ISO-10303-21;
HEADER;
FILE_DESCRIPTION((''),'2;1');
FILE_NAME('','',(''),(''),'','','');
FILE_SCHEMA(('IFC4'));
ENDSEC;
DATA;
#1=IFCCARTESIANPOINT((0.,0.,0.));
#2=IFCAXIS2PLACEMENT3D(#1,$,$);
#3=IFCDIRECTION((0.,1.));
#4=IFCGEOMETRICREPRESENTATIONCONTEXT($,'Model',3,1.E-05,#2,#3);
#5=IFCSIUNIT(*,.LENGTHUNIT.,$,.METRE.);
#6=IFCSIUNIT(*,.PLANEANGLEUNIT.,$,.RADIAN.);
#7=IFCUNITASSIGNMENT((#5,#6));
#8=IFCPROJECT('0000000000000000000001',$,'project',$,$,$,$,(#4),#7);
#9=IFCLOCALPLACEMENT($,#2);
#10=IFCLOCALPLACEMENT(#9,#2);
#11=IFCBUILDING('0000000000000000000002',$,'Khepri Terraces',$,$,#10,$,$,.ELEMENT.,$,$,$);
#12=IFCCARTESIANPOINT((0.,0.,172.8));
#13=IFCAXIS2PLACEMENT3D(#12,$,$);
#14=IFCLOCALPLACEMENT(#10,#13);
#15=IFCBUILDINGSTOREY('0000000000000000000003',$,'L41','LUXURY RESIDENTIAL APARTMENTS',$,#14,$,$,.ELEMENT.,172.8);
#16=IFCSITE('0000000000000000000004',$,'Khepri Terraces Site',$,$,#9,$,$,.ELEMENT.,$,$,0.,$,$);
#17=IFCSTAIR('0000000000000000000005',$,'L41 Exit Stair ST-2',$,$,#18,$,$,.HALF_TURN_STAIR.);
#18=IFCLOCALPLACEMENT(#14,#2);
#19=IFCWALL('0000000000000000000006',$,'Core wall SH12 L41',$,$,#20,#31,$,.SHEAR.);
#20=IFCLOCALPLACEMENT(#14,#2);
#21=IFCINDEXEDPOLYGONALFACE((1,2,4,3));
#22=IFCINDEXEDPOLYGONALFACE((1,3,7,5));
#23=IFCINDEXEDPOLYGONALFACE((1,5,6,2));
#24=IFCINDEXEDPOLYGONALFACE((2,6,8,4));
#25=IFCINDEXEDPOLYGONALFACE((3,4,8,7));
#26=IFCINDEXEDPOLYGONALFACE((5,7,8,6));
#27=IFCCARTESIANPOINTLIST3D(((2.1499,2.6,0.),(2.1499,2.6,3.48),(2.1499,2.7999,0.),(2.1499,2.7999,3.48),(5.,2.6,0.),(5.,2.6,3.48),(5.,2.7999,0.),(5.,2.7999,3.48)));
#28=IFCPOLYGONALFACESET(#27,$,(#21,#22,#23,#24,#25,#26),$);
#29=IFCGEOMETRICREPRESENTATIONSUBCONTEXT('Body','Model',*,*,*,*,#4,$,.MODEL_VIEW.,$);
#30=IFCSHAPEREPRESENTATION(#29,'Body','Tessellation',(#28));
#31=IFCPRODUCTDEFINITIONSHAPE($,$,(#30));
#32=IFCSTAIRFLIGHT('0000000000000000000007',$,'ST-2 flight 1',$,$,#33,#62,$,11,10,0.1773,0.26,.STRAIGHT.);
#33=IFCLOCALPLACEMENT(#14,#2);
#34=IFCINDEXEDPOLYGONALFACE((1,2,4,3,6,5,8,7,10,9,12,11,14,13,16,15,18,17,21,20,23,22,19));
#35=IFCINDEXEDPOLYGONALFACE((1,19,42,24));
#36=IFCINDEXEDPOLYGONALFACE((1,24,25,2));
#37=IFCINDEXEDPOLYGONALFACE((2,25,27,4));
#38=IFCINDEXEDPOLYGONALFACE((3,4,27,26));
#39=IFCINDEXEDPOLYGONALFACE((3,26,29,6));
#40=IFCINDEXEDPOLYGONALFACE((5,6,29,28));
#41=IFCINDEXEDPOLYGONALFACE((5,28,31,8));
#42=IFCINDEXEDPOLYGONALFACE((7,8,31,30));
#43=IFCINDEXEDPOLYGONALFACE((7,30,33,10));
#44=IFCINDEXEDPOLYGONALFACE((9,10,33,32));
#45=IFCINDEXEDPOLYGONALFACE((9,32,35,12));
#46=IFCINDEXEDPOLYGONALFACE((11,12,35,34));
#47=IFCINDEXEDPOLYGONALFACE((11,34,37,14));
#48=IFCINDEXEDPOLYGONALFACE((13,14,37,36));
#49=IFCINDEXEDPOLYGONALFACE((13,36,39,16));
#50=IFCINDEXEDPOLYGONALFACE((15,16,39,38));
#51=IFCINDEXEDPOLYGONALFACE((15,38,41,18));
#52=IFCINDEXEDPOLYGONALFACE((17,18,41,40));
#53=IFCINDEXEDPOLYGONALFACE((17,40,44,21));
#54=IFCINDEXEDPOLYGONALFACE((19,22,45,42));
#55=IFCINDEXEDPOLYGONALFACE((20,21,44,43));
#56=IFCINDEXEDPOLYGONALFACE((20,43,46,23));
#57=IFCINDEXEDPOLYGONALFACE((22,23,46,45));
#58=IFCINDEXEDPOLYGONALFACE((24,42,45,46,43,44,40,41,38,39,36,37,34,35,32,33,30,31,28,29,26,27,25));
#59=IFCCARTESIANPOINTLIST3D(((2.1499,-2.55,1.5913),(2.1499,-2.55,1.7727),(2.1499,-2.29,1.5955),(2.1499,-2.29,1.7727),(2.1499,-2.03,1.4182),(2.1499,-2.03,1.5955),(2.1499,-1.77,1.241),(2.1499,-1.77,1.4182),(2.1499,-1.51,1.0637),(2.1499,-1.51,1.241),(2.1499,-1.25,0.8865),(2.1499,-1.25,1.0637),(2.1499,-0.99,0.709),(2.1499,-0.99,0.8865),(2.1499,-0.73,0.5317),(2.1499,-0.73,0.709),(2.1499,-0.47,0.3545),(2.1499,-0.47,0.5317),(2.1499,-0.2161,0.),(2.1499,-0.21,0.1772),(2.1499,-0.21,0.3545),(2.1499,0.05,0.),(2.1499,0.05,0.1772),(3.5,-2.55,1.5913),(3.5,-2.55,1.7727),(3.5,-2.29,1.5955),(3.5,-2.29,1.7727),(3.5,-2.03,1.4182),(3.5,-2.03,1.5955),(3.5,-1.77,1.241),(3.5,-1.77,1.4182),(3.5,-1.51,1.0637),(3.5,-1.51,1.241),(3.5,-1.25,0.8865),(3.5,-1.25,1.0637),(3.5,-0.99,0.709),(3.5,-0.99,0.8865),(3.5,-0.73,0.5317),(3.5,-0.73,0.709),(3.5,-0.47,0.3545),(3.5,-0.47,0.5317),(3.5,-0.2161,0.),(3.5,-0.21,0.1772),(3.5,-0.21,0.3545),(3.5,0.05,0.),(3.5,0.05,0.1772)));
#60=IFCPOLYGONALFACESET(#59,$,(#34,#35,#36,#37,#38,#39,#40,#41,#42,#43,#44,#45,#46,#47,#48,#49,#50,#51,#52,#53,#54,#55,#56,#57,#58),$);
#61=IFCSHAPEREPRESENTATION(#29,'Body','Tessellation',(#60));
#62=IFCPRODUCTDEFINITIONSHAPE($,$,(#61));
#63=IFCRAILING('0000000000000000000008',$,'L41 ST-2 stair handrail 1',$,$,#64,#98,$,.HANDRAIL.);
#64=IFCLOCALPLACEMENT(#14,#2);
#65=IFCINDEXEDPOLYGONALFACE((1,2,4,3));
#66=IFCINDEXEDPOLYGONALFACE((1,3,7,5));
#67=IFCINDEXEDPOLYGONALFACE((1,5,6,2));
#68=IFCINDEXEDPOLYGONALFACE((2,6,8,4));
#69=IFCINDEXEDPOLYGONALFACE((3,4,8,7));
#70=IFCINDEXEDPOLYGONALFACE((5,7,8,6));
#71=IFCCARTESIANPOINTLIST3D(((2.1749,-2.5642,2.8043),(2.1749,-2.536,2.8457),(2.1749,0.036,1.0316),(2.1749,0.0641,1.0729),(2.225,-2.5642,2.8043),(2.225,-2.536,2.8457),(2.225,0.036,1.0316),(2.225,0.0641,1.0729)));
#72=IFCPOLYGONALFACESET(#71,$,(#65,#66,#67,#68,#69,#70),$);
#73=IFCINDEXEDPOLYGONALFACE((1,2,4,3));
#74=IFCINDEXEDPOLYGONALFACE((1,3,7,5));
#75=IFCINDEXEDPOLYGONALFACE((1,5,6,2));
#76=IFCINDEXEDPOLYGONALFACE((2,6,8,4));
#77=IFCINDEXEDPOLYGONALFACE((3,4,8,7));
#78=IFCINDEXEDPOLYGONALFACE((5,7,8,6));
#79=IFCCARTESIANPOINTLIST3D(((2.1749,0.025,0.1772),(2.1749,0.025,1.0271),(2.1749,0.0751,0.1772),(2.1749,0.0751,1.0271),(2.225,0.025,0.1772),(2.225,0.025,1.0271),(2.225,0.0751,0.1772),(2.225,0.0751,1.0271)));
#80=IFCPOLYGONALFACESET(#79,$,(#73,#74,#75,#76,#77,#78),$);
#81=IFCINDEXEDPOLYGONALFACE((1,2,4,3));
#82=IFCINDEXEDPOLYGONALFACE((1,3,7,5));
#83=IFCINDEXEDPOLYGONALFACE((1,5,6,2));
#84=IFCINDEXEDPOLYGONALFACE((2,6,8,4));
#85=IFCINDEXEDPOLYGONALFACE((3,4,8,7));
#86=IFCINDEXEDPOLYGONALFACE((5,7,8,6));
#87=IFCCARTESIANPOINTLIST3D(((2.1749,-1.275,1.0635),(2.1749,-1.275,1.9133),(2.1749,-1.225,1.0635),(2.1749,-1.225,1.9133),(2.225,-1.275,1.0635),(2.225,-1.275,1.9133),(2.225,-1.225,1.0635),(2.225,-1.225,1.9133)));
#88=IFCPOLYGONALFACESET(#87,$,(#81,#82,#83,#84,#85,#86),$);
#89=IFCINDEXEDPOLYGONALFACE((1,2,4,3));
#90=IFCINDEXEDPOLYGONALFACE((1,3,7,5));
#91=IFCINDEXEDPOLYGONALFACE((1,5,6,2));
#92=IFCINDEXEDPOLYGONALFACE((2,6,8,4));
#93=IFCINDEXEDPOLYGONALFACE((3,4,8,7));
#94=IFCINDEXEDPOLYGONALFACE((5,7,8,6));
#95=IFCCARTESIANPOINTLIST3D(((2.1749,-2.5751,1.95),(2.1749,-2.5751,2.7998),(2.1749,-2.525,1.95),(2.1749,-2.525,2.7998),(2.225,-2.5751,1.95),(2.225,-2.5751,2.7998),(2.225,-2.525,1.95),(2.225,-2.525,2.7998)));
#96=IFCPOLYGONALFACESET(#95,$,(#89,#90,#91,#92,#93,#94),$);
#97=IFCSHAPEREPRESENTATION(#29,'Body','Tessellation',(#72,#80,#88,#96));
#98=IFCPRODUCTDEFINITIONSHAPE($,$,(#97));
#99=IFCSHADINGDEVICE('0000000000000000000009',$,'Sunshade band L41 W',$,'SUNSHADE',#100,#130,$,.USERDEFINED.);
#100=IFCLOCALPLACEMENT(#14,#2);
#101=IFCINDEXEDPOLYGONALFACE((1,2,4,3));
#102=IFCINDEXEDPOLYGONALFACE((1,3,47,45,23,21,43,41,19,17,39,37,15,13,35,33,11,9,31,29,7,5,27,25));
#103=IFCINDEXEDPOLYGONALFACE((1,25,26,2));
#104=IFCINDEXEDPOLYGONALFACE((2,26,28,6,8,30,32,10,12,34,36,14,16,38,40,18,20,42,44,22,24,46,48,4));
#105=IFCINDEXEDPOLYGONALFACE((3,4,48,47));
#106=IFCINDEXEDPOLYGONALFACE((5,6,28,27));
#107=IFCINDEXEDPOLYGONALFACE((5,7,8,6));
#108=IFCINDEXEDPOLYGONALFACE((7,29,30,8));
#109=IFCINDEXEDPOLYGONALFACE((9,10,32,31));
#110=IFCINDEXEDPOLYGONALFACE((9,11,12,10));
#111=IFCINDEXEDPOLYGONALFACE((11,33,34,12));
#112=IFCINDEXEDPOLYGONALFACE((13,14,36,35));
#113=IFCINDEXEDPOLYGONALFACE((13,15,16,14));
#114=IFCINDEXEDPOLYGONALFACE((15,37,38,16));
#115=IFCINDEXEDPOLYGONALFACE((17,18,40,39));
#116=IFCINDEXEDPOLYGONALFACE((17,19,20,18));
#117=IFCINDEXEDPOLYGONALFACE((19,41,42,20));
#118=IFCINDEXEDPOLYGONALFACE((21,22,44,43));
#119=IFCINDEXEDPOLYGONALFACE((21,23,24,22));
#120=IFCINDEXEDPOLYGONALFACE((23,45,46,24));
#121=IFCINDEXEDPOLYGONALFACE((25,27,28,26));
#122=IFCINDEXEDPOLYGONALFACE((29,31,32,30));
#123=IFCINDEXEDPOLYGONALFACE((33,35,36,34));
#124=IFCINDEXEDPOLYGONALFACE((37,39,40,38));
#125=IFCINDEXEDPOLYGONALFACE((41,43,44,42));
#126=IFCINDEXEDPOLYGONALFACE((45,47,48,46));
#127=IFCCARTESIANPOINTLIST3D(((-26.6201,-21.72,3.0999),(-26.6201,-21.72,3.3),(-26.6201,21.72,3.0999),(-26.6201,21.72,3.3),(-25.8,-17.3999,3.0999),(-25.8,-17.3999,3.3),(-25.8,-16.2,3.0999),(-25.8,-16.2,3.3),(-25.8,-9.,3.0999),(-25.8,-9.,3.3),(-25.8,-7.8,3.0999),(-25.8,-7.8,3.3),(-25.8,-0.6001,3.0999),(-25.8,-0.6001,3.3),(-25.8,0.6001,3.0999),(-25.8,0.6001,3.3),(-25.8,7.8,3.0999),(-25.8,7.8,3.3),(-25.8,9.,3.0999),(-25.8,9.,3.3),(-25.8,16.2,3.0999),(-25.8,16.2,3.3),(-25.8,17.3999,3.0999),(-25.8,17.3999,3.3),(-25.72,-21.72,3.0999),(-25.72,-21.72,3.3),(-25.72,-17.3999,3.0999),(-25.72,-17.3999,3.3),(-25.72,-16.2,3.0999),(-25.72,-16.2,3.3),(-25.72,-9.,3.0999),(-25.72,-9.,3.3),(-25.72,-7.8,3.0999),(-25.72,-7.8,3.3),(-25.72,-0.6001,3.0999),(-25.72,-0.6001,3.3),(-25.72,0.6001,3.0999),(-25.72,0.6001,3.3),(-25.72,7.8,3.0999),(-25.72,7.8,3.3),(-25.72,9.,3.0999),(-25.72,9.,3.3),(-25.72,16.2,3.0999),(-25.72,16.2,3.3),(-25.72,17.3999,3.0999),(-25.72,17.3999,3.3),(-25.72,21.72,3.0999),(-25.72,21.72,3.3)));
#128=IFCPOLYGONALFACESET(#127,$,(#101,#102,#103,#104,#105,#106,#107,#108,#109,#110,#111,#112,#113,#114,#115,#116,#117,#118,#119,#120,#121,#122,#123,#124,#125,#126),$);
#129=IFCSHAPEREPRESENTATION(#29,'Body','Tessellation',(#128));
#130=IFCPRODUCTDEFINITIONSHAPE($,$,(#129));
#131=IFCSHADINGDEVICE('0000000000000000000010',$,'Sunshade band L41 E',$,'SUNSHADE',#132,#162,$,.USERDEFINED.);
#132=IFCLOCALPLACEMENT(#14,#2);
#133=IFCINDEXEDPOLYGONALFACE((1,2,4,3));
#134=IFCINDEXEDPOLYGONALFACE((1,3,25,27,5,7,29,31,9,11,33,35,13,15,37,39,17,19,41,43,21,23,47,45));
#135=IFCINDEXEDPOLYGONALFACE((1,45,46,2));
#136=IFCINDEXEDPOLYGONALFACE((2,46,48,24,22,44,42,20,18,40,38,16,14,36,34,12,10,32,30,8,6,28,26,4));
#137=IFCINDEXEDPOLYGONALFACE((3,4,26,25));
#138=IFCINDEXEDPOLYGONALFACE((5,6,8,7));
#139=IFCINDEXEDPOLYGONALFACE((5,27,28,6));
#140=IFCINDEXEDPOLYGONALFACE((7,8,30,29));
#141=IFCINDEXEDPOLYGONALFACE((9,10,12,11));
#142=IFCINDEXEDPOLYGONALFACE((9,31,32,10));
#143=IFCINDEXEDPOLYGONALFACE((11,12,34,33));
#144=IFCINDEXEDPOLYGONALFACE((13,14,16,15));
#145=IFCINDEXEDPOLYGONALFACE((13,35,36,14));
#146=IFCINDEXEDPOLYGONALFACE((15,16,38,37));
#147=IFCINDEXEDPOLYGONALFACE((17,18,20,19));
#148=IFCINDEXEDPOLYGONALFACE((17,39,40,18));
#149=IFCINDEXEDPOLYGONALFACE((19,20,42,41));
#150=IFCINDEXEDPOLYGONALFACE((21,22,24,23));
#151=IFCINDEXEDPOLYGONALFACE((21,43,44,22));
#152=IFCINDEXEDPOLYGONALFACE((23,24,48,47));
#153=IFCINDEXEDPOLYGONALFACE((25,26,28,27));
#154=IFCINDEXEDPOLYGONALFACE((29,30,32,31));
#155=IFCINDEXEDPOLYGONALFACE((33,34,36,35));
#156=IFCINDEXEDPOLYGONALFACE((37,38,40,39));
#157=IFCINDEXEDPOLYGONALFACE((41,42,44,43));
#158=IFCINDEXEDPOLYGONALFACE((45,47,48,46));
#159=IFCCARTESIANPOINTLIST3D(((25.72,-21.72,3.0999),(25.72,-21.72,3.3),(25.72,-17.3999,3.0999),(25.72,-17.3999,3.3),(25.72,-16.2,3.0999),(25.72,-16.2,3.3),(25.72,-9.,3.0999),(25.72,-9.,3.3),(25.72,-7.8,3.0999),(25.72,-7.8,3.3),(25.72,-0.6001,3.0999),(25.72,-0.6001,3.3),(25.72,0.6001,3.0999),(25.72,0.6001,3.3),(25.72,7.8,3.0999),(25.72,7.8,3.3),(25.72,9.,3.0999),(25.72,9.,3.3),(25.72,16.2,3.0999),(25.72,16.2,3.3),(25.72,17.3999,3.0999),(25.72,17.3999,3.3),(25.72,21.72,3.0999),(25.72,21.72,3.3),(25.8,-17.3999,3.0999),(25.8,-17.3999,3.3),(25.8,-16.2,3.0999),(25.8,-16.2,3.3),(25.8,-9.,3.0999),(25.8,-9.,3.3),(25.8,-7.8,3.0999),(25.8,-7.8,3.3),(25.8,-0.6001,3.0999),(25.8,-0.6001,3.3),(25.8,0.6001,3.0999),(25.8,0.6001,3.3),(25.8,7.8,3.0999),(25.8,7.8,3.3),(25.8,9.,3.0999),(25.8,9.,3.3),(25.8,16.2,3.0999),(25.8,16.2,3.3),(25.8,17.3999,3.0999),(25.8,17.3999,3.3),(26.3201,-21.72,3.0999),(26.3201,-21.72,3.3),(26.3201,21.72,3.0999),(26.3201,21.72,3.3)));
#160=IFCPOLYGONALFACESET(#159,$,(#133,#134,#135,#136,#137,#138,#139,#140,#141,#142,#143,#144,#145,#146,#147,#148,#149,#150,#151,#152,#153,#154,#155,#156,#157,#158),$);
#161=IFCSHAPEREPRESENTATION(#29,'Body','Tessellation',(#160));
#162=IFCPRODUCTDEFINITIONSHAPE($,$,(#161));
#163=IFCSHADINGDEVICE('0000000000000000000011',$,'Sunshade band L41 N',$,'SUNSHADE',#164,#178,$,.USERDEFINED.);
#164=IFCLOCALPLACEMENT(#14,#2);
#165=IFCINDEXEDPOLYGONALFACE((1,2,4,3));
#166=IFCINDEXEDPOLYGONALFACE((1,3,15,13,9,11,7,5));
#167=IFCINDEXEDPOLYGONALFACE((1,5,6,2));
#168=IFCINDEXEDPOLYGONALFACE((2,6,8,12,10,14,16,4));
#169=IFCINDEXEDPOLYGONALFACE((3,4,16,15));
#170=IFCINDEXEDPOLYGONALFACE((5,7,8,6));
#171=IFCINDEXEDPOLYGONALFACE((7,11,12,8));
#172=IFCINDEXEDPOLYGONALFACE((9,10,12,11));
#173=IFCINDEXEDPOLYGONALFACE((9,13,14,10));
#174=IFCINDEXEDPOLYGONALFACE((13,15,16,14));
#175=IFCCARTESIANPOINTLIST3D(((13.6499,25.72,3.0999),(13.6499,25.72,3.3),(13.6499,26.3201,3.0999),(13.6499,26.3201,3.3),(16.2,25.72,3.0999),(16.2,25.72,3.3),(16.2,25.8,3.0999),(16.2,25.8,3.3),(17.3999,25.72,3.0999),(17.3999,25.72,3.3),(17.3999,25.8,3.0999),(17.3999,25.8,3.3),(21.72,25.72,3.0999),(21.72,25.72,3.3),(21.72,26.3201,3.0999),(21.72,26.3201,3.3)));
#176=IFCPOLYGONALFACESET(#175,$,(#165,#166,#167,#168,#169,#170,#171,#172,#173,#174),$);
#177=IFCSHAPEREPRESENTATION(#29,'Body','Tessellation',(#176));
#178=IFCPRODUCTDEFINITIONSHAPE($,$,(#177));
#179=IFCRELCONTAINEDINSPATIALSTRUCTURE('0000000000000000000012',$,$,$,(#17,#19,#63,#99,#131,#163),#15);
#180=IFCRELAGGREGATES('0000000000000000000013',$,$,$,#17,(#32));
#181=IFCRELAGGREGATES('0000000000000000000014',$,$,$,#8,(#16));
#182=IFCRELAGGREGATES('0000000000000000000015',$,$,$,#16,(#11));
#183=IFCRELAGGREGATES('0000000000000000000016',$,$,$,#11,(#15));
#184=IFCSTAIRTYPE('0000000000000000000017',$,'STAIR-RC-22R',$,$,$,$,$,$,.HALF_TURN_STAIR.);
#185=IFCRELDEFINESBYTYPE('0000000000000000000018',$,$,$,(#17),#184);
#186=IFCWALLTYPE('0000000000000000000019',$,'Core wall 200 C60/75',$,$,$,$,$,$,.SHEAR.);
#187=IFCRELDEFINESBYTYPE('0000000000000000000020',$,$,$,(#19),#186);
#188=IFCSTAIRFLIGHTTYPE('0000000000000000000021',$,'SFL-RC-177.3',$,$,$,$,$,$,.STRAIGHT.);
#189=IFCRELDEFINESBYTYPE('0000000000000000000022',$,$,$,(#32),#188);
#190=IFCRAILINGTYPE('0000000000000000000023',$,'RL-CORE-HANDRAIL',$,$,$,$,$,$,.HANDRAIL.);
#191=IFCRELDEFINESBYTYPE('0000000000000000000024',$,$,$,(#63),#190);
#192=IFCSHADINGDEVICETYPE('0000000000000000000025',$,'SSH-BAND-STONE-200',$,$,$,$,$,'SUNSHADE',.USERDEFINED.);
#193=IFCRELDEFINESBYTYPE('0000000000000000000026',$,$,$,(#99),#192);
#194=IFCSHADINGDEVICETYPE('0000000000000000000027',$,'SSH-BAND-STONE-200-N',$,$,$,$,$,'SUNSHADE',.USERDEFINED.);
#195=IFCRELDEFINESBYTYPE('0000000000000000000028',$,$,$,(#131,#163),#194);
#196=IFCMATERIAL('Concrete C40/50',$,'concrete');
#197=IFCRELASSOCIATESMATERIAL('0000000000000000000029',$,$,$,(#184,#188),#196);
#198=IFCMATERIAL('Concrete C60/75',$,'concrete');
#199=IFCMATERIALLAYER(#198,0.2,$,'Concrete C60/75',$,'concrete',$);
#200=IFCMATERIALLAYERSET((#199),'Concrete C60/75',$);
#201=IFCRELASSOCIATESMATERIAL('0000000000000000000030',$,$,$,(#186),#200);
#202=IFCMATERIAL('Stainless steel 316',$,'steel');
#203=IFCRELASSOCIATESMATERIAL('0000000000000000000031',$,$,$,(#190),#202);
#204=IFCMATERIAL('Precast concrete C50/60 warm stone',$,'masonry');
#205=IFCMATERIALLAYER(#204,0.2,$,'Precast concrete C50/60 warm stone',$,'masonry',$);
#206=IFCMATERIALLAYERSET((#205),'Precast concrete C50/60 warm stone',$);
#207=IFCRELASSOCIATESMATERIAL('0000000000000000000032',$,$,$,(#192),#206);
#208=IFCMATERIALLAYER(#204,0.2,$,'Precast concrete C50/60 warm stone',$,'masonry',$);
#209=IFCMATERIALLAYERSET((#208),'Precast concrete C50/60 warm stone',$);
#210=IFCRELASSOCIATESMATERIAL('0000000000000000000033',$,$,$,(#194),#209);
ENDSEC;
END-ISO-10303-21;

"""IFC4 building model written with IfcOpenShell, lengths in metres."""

from ifc_helpers import new_model, si_unit, direction, frame, frame_2d, origin, origin_2d, place, context, subcontext, project, spatial, polyline, rectangle, outline, extrude, material, layer, layer_set, type_object, element, aggregate, save


model = new_model("IFC4")

# Units and contexts
model_context = context("Model", 3, precision=1e-05, world=origin(), true_north=direction((0.0, 1.0)))
body_context = subcontext(model_context, "Body", "Model", "MODEL_VIEW")
ifc_project = project(units=[si_unit("LENGTHUNIT", "METRE"), si_unit("PLANEANGLEUNIT", "RADIAN")], contexts=[model_context])

# Site, building, storey
site_placement = place(None, origin())
site = spatial("IfcSite", under=ifc_project, at=site_placement, Name="Khepri Terraces Site", CompositionType="ELEMENT", RefElevation=0.0)
building_placement = place(site_placement, origin())
building = spatial("IfcBuilding", under=site, at=building_placement, Name="Khepri Terraces", CompositionType="ELEMENT")
storey_placement = place(building_placement, frame((0.0, 0.0, 172.8)))
storey = spatial("IfcBuildingStorey", under=building, at=storey_placement, Name="L41", Description="LUXURY RESIDENTIAL APARTMENTS", CompositionType="ELEMENT", Elevation=172.8)

# Stair
ifc_material_1 = material(Name="Concrete C40/50", Category="concrete")
stair_type = type_object("IfcStairType", Name="STAIR-RC-22R", PredefinedType="HALF_TURN_STAIR", material=ifc_material_1)
stair_1_placement = place(storey_placement, origin())
stair_1 = element("IfcStair", 1, at=stair_1_placement, inside=storey, type_object=stair_type, Name="L41 Exit Stair ST-2", PredefinedType="HALF_TURN_STAIR")

# Shared definitions
ifc_material_2 = material(Name="Concrete C60/75", Category="concrete")
ifc_layer_1 = layer(ifc_material_2, 0.2, Name="Concrete C60/75", Category="concrete")
ifc_layer_set_1 = layer_set([ifc_layer_1], Name="Concrete C60/75")
wall_type = type_object("IfcWallType", Name="Core wall 200 C60/75", PredefinedType="SHEAR", material=ifc_layer_set_1)

# Wall
wall_1_placement = place(storey_placement, frame((2.1499, 2.7, 0.0), z_axis=(0.0, 0.0, 1.0), x_axis=(1.0, 0.0, 0.0)))
element("IfcWall", 2, at=wall_1_placement, inside=storey, type_object=wall_type, Name="Core wall SH12 L41", PredefinedType="SHEAR", context=body_context, shape_type="SweptSolid", body=[
    extrude(rectangle(XDim=2.8501, YDim=0.2, at=frame_2d((1.425, 0.0))), origin(), (0.0, 0.0, 1.0), 3.48),
])

# Stair flight
stair_flight_type = type_object("IfcStairFlightType", Name="SFL-RC-177.3", PredefinedType="STRAIGHT", material=ifc_material_1)
stair_flight_placement = place(storey_placement, frame((2.825, 0.05, 0.0), z_axis=(0.0, 0.0, 1.0), x_axis=(0.0, -1.0, 0.0)))
stair_flight = element("IfcStairFlight", 3, at=stair_flight_placement, type_object=stair_flight_type, Name="ST-2 flight 1", NumberOfRisers=11, NumberOfTreads=10, PredefinedType="STRAIGHT", RiserHeight=0.1773, TreadLength=0.26, context=body_context, shape_type="SweptSolid", body=[
    extrude(outline(polyline([(0.0, 0.0), (0.0, 0.1772), (0.26, 0.1772), (0.26, 0.3545), (0.52, 0.3545), (0.52, 0.5317), (0.78, 0.5317), (0.78, 0.709), (1.04, 0.709), (1.04, 0.8865), (1.3, 0.8865), (1.3, 1.0637), (1.5601, 1.0637), (1.5601, 1.241), (1.8201, 1.241), (1.8201, 1.4182), (2.0801, 1.4182), (2.0801, 1.5955), (2.3401, 1.5955), (2.3401, 1.7727), (2.6001, 1.7727), (2.6001, 1.95), (2.6001, 1.5913), (0.2661, 0.0), (0.0, 0.0)])), frame((0.0, 0.675, 0.0), z_axis=(0.0, -1.0, 0.0), x_axis=(1.0, 0.0, 0.0)), (0.0, 0.0, 1.0), 1.3501),
])
aggregate(stair_1, [stair_flight])

# Railing
ifc_material_3 = material(Name="Stainless steel 316", Category="steel")
railing_type = type_object("IfcRailingType", Name="RL-CORE-HANDRAIL", PredefinedType="HANDRAIL", material=ifc_material_3)
railing_placement = place(storey_placement, frame((2.2, 0.05, 0.1772)))
element("IfcRailing", 4, at=railing_placement, inside=storey, type_object=railing_type, Name="L41 ST-2 stair handrail 1", PredefinedType="HANDRAIL", context=body_context, shape_type="SweptSolid", body=[
    extrude(rectangle(XDim=0.05, YDim=0.05, at=origin_2d()), frame((0.0, 0.0, 0.875), z_axis=(0.0, -0.82624, 0.563318), x_axis=(1.0, 0.0, 0.0)), (0.0, 0.0, 1.0), 3.147),
    extrude(rectangle(XDim=0.05, YDim=0.05, at=origin_2d()), origin(), (0.0, 0.0, 1.0), 0.8499),
    extrude(rectangle(XDim=0.05, YDim=0.05, at=origin_2d()), frame((0.0, -1.3, 0.8862)), (0.0, 0.0, 1.0), 0.8499),
    extrude(rectangle(XDim=0.05, YDim=0.05, at=origin_2d()), frame((0.0, -2.6001, 1.7727)), (0.0, 0.0, 1.0), 0.8499),
])

# Shading devices
ifc_material_4 = material(Name="Precast concrete C50/60 warm stone", Category="masonry")
ifc_layer_2 = layer(ifc_material_4, 0.2, Name="Precast concrete C50/60 warm stone", Category="masonry")
ifc_layer_set_2 = layer_set([ifc_layer_2], Name="Precast concrete C50/60 warm stone")
shading_device_type_1 = type_object("IfcShadingDeviceType", Name="SSH-BAND-STONE-200", ElementType="SUNSHADE", PredefinedType="USERDEFINED", material=ifc_layer_set_2)
shading_device_1_placement = place(storey_placement, frame((0.0, 0.0, 3.0999)))
element("IfcShadingDevice", 5, at=shading_device_1_placement, inside=storey, type_object=shading_device_type_1, Name="Sunshade band L41 W", ObjectType="SUNSHADE", PredefinedType="USERDEFINED", context=body_context, shape_type="SweptSolid", body=[
    extrude(outline(polyline([(-25.72, 17.3999), (-25.72, 21.72), (-26.6201, 21.72), (-26.6201, -21.72), (-25.72, -21.72), (-25.72, -17.3999), (-25.8, -17.3999), (-25.8, -16.2), (-25.72, -16.2), (-25.72, -9.0), (-25.8, -9.0), (-25.8, -7.8), (-25.72, -7.8), (-25.72, -0.6001), (-25.8, -0.6001), (-25.8, 0.6001), (-25.72, 0.6001), (-25.72, 7.8), (-25.8, 7.8), (-25.8, 9.0), (-25.72, 9.0), (-25.72, 16.2), (-25.8, 16.2), (-25.8, 17.3999), (-25.72, 17.3999)])), origin(), (0.0, 0.0, 1.0), 0.2002),
])
ifc_layer_3 = layer(ifc_material_4, 0.2, Name="Precast concrete C50/60 warm stone", Category="masonry")
ifc_layer_set_3 = layer_set([ifc_layer_3], Name="Precast concrete C50/60 warm stone")
shading_device_type_2 = type_object("IfcShadingDeviceType", Name="SSH-BAND-STONE-200-N", ElementType="SUNSHADE", PredefinedType="USERDEFINED", material=ifc_layer_set_3)
shading_device_2_placement = place(storey_placement, frame((0.0, 0.0, 3.0999)))
element("IfcShadingDevice", 6, at=shading_device_2_placement, inside=storey, type_object=shading_device_type_2, Name="Sunshade band L41 E", ObjectType="SUNSHADE", PredefinedType="USERDEFINED", context=body_context, shape_type="SweptSolid", body=[
    extrude(outline(polyline([(25.72, -17.3999), (25.72, -21.72), (26.3201, -21.72), (26.3201, 21.72), (25.72, 21.72), (25.72, 17.3999), (25.8, 17.3999), (25.8, 16.2), (25.72, 16.2), (25.72, 9.0), (25.8, 9.0), (25.8, 7.8), (25.72, 7.8), (25.72, 0.6001), (25.8, 0.6001), (25.8, -0.6001), (25.72, -0.6001), (25.72, -7.8), (25.8, -7.8), (25.8, -9.0), (25.72, -9.0), (25.72, -16.2), (25.8, -16.2), (25.8, -17.3999), (25.72, -17.3999)])), origin(), (0.0, 0.0, 1.0), 0.2002),
])
shading_device_3_placement = place(storey_placement, frame((0.0, 0.0, 3.0999)))
element("IfcShadingDevice", 7, at=shading_device_3_placement, inside=storey, type_object=shading_device_type_2, Name="Sunshade band L41 N", ObjectType="SUNSHADE", PredefinedType="USERDEFINED", context=body_context, shape_type="SweptSolid", body=[
    extrude(outline(polyline([(17.3999, 25.72), (21.72, 25.72), (21.72, 26.3201), (13.6499, 26.3201), (13.6499, 25.72), (16.2, 25.72), (16.2, 25.8), (17.3999, 25.8), (17.3999, 25.72)])), origin(), (0.0, 0.0, 1.0), 0.2002),
])

save(model, "model.ifc")
